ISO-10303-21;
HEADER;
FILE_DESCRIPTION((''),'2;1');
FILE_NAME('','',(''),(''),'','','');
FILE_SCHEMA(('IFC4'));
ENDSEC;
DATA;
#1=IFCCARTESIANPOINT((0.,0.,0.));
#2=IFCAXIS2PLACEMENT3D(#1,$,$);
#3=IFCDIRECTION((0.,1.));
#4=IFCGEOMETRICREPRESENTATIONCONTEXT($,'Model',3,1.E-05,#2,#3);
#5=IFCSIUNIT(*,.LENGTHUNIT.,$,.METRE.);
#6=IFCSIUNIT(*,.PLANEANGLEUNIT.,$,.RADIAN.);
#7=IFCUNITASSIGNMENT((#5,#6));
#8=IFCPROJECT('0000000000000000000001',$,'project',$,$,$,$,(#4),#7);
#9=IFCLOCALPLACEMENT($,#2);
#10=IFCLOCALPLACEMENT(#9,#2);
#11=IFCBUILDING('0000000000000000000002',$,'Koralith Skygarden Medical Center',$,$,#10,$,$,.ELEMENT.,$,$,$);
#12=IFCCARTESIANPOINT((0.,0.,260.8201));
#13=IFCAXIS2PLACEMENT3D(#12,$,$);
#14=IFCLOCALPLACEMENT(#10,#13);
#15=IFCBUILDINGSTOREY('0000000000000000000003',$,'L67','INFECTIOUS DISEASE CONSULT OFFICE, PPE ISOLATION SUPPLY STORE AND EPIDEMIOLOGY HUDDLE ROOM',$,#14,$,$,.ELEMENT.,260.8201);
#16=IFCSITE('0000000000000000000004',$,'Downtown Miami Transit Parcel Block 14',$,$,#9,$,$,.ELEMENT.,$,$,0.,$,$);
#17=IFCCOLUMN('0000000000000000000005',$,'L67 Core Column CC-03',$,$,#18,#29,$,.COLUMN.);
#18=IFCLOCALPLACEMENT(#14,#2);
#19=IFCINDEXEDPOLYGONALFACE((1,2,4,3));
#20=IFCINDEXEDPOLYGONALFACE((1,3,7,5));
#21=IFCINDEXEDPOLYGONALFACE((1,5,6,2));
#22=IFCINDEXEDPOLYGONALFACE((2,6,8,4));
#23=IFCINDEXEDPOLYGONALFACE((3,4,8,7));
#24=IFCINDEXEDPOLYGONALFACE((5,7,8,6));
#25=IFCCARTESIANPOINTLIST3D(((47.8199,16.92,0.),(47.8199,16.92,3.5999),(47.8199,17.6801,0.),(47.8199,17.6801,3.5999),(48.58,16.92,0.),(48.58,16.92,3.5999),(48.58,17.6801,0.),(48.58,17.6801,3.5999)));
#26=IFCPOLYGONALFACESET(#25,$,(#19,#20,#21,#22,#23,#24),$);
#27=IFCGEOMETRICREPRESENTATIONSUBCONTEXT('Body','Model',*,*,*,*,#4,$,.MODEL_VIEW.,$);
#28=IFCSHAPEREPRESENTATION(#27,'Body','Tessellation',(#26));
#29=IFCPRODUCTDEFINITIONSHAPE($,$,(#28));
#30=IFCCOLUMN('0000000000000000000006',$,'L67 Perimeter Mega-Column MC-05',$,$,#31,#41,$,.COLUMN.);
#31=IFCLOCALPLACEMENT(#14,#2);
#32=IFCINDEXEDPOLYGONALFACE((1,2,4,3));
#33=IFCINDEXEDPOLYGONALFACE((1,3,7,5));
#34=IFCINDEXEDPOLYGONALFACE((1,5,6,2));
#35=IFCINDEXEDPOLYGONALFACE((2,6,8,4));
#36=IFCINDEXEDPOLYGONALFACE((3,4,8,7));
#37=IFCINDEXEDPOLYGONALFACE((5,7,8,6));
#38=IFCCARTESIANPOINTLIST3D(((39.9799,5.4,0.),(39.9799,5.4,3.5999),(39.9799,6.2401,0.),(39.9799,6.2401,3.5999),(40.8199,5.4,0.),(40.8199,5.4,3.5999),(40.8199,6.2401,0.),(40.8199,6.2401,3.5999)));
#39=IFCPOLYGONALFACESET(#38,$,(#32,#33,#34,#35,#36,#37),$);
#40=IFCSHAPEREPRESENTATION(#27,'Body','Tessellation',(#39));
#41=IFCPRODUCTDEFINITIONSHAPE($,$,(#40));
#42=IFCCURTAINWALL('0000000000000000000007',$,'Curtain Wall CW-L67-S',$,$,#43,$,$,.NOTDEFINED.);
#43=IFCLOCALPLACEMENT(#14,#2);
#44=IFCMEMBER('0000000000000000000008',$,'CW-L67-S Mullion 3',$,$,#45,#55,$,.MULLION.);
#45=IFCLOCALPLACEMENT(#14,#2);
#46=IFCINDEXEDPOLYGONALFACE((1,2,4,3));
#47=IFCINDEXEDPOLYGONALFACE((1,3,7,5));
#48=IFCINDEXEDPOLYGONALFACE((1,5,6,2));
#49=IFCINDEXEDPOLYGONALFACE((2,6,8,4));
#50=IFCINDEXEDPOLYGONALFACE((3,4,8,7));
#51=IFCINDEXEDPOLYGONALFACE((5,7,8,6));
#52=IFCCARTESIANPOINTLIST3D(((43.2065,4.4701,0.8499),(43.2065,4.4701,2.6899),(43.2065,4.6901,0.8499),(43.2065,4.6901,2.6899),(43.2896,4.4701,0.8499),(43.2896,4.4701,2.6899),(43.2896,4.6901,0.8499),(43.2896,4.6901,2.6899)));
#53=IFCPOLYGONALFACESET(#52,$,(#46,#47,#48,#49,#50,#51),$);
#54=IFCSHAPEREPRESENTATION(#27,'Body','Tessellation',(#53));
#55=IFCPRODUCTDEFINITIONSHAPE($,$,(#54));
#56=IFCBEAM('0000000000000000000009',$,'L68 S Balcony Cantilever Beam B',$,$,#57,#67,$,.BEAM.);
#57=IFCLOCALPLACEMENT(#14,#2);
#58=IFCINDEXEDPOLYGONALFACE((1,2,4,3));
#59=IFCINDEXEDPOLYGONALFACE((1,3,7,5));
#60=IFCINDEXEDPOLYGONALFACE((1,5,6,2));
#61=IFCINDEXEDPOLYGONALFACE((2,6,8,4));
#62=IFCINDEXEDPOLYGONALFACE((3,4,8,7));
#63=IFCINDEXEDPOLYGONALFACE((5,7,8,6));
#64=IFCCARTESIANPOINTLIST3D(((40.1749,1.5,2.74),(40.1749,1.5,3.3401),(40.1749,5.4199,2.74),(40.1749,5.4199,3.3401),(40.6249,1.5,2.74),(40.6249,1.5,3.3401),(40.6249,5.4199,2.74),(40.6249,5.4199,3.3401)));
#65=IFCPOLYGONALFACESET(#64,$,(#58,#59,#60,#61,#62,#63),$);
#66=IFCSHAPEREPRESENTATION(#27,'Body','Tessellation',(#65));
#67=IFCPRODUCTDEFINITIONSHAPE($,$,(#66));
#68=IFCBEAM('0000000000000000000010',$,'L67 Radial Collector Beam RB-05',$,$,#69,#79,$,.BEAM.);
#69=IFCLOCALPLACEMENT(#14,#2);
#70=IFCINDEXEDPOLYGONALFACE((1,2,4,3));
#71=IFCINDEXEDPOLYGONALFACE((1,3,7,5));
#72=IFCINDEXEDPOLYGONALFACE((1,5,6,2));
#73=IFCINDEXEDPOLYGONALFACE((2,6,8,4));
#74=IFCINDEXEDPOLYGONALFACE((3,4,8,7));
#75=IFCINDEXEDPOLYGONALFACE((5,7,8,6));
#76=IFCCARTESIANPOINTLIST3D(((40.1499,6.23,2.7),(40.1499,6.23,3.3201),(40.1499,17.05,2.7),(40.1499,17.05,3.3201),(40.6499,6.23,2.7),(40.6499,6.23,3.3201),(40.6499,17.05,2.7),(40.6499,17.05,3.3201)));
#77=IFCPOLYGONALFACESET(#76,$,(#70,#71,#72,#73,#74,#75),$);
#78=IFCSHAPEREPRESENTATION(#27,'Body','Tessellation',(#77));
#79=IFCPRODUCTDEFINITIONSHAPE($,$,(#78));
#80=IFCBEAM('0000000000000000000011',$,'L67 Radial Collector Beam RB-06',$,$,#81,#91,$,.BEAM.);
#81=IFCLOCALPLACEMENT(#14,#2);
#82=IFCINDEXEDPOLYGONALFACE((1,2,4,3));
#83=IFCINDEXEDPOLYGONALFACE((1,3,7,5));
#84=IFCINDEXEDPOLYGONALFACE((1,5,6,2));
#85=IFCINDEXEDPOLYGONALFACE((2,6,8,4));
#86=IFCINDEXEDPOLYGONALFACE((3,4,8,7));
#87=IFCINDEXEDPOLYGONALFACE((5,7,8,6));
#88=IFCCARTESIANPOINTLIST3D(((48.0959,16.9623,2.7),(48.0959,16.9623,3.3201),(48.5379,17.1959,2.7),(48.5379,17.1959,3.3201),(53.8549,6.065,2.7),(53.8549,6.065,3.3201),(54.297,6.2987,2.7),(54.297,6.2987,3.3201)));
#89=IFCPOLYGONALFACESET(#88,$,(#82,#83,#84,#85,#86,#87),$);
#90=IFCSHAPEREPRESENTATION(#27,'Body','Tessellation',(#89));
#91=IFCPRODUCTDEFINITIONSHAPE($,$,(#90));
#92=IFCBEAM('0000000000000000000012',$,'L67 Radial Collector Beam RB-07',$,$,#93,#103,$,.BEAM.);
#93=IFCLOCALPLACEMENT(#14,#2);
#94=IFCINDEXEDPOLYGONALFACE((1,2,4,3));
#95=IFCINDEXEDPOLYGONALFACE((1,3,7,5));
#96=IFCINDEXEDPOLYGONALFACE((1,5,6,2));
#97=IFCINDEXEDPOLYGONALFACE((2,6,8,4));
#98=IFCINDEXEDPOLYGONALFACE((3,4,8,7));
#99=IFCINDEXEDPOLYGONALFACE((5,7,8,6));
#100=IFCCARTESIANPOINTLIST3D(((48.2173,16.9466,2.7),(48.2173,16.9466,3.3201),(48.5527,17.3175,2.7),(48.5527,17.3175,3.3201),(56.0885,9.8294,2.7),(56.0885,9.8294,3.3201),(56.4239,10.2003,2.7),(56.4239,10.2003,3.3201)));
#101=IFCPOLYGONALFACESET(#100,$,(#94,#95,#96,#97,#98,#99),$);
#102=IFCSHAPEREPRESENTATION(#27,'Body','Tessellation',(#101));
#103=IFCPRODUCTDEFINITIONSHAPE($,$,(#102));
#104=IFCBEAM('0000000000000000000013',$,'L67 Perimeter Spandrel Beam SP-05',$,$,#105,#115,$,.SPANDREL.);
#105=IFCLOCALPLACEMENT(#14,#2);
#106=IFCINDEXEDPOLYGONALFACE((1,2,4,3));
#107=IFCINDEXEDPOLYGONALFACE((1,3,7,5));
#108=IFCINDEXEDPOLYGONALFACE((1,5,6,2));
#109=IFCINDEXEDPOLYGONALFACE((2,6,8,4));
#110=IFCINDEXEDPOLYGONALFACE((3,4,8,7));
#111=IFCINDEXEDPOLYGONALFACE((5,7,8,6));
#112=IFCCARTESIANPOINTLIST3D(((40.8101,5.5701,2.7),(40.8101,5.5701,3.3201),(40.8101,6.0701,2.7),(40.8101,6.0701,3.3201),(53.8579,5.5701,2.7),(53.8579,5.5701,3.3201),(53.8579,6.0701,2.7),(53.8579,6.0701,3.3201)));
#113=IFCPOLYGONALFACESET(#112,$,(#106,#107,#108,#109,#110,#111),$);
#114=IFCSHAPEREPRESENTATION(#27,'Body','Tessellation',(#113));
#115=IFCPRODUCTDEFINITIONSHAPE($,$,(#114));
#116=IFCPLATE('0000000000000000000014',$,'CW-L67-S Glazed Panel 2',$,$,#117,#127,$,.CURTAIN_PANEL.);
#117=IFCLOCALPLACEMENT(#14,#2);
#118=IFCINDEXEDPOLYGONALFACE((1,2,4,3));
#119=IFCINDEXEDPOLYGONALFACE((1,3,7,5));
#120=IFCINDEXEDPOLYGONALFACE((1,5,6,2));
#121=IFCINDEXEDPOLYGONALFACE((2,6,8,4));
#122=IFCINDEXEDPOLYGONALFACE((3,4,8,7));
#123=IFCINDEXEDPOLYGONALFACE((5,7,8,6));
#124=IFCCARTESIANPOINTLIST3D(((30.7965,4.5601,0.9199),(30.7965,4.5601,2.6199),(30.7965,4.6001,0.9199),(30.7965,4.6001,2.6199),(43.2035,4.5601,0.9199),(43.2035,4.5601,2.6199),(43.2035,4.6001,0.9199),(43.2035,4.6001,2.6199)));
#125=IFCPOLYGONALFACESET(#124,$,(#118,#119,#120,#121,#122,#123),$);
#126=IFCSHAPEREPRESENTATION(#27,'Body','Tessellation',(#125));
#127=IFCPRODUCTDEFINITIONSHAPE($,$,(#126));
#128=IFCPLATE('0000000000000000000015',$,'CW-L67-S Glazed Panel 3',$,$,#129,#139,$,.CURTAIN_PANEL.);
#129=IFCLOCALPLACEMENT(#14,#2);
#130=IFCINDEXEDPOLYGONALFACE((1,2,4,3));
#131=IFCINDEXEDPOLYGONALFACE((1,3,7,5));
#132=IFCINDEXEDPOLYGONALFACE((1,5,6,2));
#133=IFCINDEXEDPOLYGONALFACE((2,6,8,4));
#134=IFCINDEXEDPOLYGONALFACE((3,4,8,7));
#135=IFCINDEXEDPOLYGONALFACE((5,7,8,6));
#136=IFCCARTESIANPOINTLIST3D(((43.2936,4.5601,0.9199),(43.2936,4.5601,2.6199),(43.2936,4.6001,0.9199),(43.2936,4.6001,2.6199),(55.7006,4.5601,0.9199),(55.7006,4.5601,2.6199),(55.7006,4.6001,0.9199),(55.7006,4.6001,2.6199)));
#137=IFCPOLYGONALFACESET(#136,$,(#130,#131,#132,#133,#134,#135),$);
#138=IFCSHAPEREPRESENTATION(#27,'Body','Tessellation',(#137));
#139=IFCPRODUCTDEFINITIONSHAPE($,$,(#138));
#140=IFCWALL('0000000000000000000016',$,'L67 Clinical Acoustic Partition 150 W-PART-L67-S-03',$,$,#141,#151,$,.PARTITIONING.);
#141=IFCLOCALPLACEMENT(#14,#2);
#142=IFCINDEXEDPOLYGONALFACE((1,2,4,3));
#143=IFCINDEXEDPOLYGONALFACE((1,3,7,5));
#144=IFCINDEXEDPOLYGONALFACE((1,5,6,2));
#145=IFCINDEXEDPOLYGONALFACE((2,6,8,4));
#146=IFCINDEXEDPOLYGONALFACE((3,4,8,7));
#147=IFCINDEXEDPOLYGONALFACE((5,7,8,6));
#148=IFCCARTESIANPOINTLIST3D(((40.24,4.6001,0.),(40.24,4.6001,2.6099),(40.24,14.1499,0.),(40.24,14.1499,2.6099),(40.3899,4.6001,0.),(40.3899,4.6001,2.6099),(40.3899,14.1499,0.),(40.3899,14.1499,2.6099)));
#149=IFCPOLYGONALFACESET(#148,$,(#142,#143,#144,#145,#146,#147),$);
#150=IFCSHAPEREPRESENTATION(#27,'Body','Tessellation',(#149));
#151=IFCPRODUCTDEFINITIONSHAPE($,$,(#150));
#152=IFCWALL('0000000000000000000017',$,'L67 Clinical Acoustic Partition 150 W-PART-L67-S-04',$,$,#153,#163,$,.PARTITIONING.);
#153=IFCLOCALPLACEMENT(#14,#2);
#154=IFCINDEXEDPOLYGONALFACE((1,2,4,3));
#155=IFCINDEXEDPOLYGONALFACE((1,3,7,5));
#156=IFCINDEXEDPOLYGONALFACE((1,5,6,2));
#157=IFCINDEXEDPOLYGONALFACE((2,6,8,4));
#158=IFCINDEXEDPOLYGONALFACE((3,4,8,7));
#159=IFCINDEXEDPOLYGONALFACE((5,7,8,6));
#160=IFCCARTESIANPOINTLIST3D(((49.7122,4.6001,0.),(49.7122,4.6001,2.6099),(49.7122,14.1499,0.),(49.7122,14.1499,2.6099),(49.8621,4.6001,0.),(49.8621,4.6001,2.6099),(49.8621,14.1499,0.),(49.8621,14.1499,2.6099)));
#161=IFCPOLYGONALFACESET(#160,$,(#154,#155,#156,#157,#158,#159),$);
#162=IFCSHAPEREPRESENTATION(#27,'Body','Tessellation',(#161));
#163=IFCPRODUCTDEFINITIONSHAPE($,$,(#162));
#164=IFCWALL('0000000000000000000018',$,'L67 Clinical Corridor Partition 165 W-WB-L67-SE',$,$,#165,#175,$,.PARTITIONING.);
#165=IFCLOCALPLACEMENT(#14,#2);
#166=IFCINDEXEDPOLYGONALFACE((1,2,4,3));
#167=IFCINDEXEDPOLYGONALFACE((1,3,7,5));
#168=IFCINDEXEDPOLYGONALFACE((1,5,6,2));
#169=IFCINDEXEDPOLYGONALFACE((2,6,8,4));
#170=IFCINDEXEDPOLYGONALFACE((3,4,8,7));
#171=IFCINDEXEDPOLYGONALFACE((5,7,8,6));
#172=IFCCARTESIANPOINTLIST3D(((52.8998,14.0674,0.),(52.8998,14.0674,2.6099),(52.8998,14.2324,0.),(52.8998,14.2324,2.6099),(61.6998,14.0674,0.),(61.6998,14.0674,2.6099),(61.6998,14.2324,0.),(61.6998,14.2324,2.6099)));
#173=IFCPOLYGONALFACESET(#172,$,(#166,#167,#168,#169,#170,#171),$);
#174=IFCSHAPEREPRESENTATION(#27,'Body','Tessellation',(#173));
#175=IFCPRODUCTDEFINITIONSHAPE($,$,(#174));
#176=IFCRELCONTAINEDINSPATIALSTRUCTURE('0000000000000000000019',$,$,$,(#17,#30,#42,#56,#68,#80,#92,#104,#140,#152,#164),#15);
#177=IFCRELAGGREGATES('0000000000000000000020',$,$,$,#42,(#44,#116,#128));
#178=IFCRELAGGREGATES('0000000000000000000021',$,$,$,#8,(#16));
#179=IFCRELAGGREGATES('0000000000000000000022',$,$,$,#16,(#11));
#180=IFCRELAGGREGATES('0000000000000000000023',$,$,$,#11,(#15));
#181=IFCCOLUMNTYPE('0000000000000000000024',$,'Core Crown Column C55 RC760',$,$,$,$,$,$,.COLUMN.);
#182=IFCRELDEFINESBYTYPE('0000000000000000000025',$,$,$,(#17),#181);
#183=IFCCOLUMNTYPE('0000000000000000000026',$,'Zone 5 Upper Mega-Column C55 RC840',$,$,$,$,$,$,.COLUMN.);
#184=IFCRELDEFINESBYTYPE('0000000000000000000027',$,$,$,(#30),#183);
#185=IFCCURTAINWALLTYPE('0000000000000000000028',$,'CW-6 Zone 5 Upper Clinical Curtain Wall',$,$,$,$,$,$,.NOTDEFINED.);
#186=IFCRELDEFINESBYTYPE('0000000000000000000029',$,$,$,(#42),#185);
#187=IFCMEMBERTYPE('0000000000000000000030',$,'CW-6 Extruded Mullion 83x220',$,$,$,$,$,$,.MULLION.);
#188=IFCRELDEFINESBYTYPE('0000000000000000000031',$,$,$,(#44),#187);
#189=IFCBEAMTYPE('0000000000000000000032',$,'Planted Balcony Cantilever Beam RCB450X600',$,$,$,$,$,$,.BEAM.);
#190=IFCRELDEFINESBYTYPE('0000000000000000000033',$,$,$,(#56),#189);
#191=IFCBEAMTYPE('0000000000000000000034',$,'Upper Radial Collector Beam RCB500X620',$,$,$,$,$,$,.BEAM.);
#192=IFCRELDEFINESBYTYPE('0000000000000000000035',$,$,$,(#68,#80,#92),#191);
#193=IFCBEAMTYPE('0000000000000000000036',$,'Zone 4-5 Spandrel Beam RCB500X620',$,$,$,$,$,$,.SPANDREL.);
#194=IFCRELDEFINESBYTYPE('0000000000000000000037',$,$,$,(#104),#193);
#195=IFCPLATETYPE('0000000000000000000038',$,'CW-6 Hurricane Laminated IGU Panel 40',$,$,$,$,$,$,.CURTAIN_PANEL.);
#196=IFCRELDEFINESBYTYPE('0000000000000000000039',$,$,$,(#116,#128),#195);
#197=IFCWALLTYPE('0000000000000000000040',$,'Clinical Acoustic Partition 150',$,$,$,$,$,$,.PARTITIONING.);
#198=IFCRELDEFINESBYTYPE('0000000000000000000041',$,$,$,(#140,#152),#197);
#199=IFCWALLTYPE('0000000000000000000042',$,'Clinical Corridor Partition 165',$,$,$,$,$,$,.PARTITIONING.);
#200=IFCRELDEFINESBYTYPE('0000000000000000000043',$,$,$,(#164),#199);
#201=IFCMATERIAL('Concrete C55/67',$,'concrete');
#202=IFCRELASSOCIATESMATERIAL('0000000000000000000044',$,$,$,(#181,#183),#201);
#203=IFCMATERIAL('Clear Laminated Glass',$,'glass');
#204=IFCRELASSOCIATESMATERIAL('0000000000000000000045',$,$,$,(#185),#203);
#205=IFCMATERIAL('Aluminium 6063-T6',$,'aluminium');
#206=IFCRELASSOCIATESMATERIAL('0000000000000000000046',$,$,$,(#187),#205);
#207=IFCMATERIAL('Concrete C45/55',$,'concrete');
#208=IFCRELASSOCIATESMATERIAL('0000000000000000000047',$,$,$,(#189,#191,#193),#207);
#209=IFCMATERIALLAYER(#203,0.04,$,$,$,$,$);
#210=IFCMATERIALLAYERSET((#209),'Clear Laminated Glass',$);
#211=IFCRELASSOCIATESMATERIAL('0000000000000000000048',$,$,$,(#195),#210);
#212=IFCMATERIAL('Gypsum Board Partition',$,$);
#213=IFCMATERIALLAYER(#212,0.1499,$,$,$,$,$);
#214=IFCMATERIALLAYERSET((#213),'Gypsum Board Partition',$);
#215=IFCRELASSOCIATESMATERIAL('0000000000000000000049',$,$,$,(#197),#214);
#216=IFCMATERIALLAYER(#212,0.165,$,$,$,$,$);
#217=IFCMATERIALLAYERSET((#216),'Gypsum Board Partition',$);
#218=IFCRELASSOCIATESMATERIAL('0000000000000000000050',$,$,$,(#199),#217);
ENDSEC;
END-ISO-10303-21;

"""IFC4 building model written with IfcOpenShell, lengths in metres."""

from ifc_helpers import new_model, si_unit, direction, frame, frame_2d, origin, origin_2d, place, context, subcontext, project, spatial, rectangle, extrude, material, layer, layer_set, material_profile, profile_set, type_object, element, aggregate, save


model = new_model("IFC4")

# Units and contexts
model_context = context("Model", 3, precision=1e-05, world=origin(), true_north=direction((0.0, 1.0)))
body_context = subcontext(model_context, "Body", "Model", "MODEL_VIEW")
ifc_project = project(units=[si_unit("LENGTHUNIT", "METRE"), si_unit("PLANEANGLEUNIT", "RADIAN")], contexts=[model_context])

# Site, building, storey
site_placement = place(None, origin())
site = spatial("IfcSite", under=ifc_project, at=site_placement, Name="Downtown Miami Transit Parcel Block 14", CompositionType="ELEMENT", RefElevation=0.0)
building_placement = place(site_placement, origin())
building = spatial("IfcBuilding", under=site, at=building_placement, Name="Koralith Skygarden Medical Center", CompositionType="ELEMENT")
storey_placement = place(building_placement, frame((0.0, 0.0, 260.8201)))
storey = spatial("IfcBuildingStorey", under=building, at=storey_placement, Name="L67", Description="INFECTIOUS DISEASE CONSULT OFFICE, PPE ISOLATION SUPPLY STORE AND EPIDEMIOLOGY HUDDLE ROOM", CompositionType="ELEMENT", Elevation=260.8201)

# Columns
ifc_material_1 = material(Name="Concrete C55/67", Category="concrete")
ifc_material_profile_1 = material_profile(ifc_material_1, rectangle(XDim=0.76, YDim=0.76, at=origin_2d()), Name="RC760X760")
ifc_profile_set_1 = profile_set([ifc_material_profile_1], Name="Concrete C55/67")
column_type_1 = type_object("IfcColumnType", Name="Core Crown Column C55 RC760", PredefinedType="COLUMN", material=ifc_profile_set_1)
column_1_placement = place(storey_placement, frame((48.2, 17.3, 0.0), z_axis=(0.0, 0.0, 1.0), x_axis=(1.0, 0.0, 0.0)))
element("IfcColumn", 1, at=column_1_placement, inside=storey, type_object=column_type_1, Name="L67 Core Column CC-03", PredefinedType="COLUMN", context=body_context, shape_type="SweptSolid", body=[
    extrude(rectangle(XDim=0.76, YDim=0.76, at=origin_2d()), origin(), (0.0, 0.0, 1.0), 3.5999),
])
ifc_material_profile_2 = material_profile(ifc_material_1, rectangle(XDim=0.8401, YDim=0.8401, at=origin_2d()), Name="RC840X840")
ifc_profile_set_2 = profile_set([ifc_material_profile_2], Name="Concrete C55/67")
column_type_2 = type_object("IfcColumnType", Name="Zone 5 Upper Mega-Column C55 RC840", PredefinedType="COLUMN", material=ifc_profile_set_2)
column_2_placement = place(storey_placement, frame((40.3999, 5.8201, 0.0), z_axis=(0.0, 0.0, 1.0), x_axis=(1.0, 0.0, 0.0)))
element("IfcColumn", 2, at=column_2_placement, inside=storey, type_object=column_type_2, Name="L67 Perimeter Mega-Column MC-05", PredefinedType="COLUMN", context=body_context, shape_type="SweptSolid", body=[
    extrude(rectangle(XDim=0.8401, YDim=0.8401, at=origin_2d()), origin(), (0.0, 0.0, 1.0), 3.5999),
])

# Curtain wall, member
ifc_material_2 = material(Name="Clear Laminated Glass", Category="glass")
curtain_wall_type = type_object("IfcCurtainWallType", Name="CW-6 Zone 5 Upper Clinical Curtain Wall", PredefinedType="NOTDEFINED", material=ifc_material_2)
curtain_wall_placement = place(storey_placement, origin())
curtain_wall = element("IfcCurtainWall", 3, at=curtain_wall_placement, inside=storey, type_object=curtain_wall_type, Name="Curtain Wall CW-L67-S", PredefinedType="NOTDEFINED")
ifc_material_3 = material(Name="Aluminium 6063-T6", Category="aluminium")
ifc_material_profile_3 = material_profile(ifc_material_3, rectangle(XDim=0.083, YDim=0.22, at=origin_2d()), Name="MUL83X220")
ifc_profile_set_3 = profile_set([ifc_material_profile_3], Name="Aluminium 6063-T6")
member_type = type_object("IfcMemberType", Name="CW-6 Extruded Mullion 83x220", PredefinedType="MULLION", material=ifc_profile_set_3)
member_placement = place(storey_placement, frame((43.248, 4.5801, 0.8499), z_axis=(0.0, 0.0, 1.0), x_axis=(1.0, 0.0, 0.0)))
member = element("IfcMember", 4, at=member_placement, type_object=member_type, Name="CW-L67-S Mullion 3", PredefinedType="MULLION", context=body_context, shape_type="SweptSolid", body=[
    extrude(rectangle(XDim=0.083, YDim=0.22, at=origin_2d()), origin(), (0.0, 0.0, 1.0), 1.8401),
])

# Beams
ifc_material_4 = material(Name="Concrete C45/55", Category="concrete")
ifc_material_profile_4 = material_profile(ifc_material_4, rectangle(XDim=0.45, YDim=0.6001, at=origin_2d()), Name="RCB450X600")
ifc_profile_set_4 = profile_set([ifc_material_profile_4], Name="Concrete C45/55")
beam_type_1 = type_object("IfcBeamType", Name="Planted Balcony Cantilever Beam RCB450X600", PredefinedType="BEAM", material=ifc_profile_set_4)
beam_1_placement = place(storey_placement, frame((40.3999, 5.4199, 3.04), z_axis=(0.0, -1.0, 0.0), x_axis=(1.0, 0.0, 0.0)))
element("IfcBeam", 5, at=beam_1_placement, inside=storey, type_object=beam_type_1, Name="L68 S Balcony Cantilever Beam B", PredefinedType="BEAM", context=body_context, shape_type="SweptSolid", body=[
    extrude(rectangle(XDim=0.45, YDim=0.6001, at=origin_2d()), origin(), (0.0, 0.0, 1.0), 3.9199),
])
ifc_material_profile_5 = material_profile(ifc_material_4, rectangle(XDim=0.5, YDim=0.6201, at=origin_2d()), Name="RCB500X620")
ifc_profile_set_5 = profile_set([ifc_material_profile_5], Name="Concrete C45/55")
beam_type_2 = type_object("IfcBeamType", Name="Upper Radial Collector Beam RCB500X620", PredefinedType="BEAM", material=ifc_profile_set_5)
beam_2_placement = place(storey_placement, frame((40.3999, 17.05, 3.01), z_axis=(0.0, -1.0, 0.0), x_axis=(1.0, 0.0, 0.0)))
element("IfcBeam", 6, at=beam_2_placement, inside=storey, type_object=beam_type_2, Name="L67 Radial Collector Beam RB-05", PredefinedType="BEAM", context=body_context, shape_type="SweptSolid", body=[
    extrude(rectangle(XDim=0.5, YDim=0.6201, at=origin_2d()), origin(), (0.0, 0.0, 1.0), 10.8201),
])
beam_3_placement = place(storey_placement, frame((48.3169, 17.0791, 3.01), z_axis=(0.467249, -0.884126, 0.0), x_axis=(0.884126, 0.467249, 0.0)))
element("IfcBeam", 7, at=beam_3_placement, inside=storey, type_object=beam_type_2, Name="L67 Radial Collector Beam RB-06", PredefinedType="BEAM", context=body_context, shape_type="SweptSolid", body=[
    extrude(rectangle(XDim=0.5, YDim=0.6201, at=origin_2d()), origin(), (0.0, 0.0, 1.0), 12.3254),
])
beam_4_placement = place(storey_placement, frame((48.385, 17.1321, 3.01), z_axis=(0.741736, -0.670692, 0.0), x_axis=(0.670692, 0.741736, 0.0)))
element("IfcBeam", 8, at=beam_4_placement, inside=storey, type_object=beam_type_2, Name="L67 Radial Collector Beam RB-07", PredefinedType="BEAM", context=body_context, shape_type="SweptSolid", body=[
    extrude(rectangle(XDim=0.5, YDim=0.6201, at=origin_2d()), origin(), (0.0, 0.0, 1.0), 10.6118),
])
ifc_material_profile_6 = material_profile(ifc_material_4, rectangle(XDim=0.5, YDim=0.6201, at=origin_2d()), Name="RCB500X620")
ifc_profile_set_6 = profile_set([ifc_material_profile_6], Name="Concrete C45/55")
beam_type_3 = type_object("IfcBeamType", Name="Zone 4-5 Spandrel Beam RCB500X620", PredefinedType="SPANDREL", material=ifc_profile_set_6)
beam_5_placement = place(storey_placement, frame((40.8101, 5.8201, 3.01), z_axis=(1.0, 0.0, 0.0), x_axis=(0.0, 1.0, 0.0)))
element("IfcBeam", 9, at=beam_5_placement, inside=storey, type_object=beam_type_3, Name="L67 Perimeter Spandrel Beam SP-05", PredefinedType="SPANDREL", context=body_context, shape_type="SweptSolid", body=[
    extrude(rectangle(XDim=0.5, YDim=0.6201, at=origin_2d()), origin(), (0.0, 0.0, 1.0), 13.0479),
])

# Plates
ifc_layer_1 = layer(ifc_material_2, 0.04)
ifc_layer_set_1 = layer_set([ifc_layer_1], Name="Clear Laminated Glass")
plate_type = type_object("IfcPlateType", Name="CW-6 Hurricane Laminated IGU Panel 40", PredefinedType="CURTAIN_PANEL", material=ifc_layer_set_1)
plate_1_placement = place(storey_placement, frame((37.0, 4.5801, 0.9199), z_axis=(0.0, 0.0, 1.0), x_axis=(1.0, 0.0, 0.0)))
plate_1 = element("IfcPlate", 10, at=plate_1_placement, type_object=plate_type, Name="CW-L67-S Glazed Panel 2", PredefinedType="CURTAIN_PANEL", context=body_context, shape_type="SweptSolid", body=[
    extrude(rectangle(XDim=12.407, YDim=0.04, at=origin_2d()), origin(), (0.0, 0.0, 1.0), 1.7),
])
plate_2_placement = place(storey_placement, frame((49.4971, 4.5801, 0.9199), z_axis=(0.0, 0.0, 1.0), x_axis=(1.0, 0.0, 0.0)))
plate_2 = element("IfcPlate", 11, at=plate_2_placement, type_object=plate_type, Name="CW-L67-S Glazed Panel 3", PredefinedType="CURTAIN_PANEL", context=body_context, shape_type="SweptSolid", body=[
    extrude(rectangle(XDim=12.407, YDim=0.04, at=origin_2d()), origin(), (0.0, 0.0, 1.0), 1.7),
])
aggregate(curtain_wall, [member, plate_1, plate_2])

# Walls
ifc_material_5 = material(Name="Gypsum Board Partition")
ifc_layer_2 = layer(ifc_material_5, 0.1499)
ifc_layer_set_2 = layer_set([ifc_layer_2], Name="Gypsum Board Partition")
wall_type_1 = type_object("IfcWallType", Name="Clinical Acoustic Partition 150", PredefinedType="PARTITIONING", material=ifc_layer_set_2)
for number, where, z_axis, x_axis, name in (
    (12, (40.3149, 14.1499, 0.0), (0.0, 0.0, 1.0), (0.0, -1.0, 0.0), "L67 Clinical Acoustic Partition 150 W-PART-L67-S-03"),
    (13, (49.7871, 14.1499, 0.0), (0.0, 0.0, 1.0), (0.0, -1.0, 0.0), "L67 Clinical Acoustic Partition 150 W-PART-L67-S-04"),
):
    element("IfcWall", number, at=place(storey_placement, frame(where, z_axis=z_axis, x_axis=x_axis)), inside=storey, type_object=wall_type_1, Name=name, PredefinedType="PARTITIONING", context=body_context, shape_type="SweptSolid", body=[
        extrude(rectangle(XDim=9.5498, YDim=0.1499, at=frame_2d((4.7749, 0.0))), origin(), (0.0, 0.0, 1.0), 2.6099),
    ])
ifc_layer_3 = layer(ifc_material_5, 0.165)
ifc_layer_set_3 = layer_set([ifc_layer_3], Name="Gypsum Board Partition")
wall_type_2 = type_object("IfcWallType", Name="Clinical Corridor Partition 165", PredefinedType="PARTITIONING", material=ifc_layer_set_3)
wall_1_placement = place(storey_placement, frame((52.8999, 14.1499, 0.0), z_axis=(0.0, 0.0, 1.0), x_axis=(1.0, 0.0, 0.0)))
element("IfcWall", 14, at=wall_1_placement, inside=storey, type_object=wall_type_2, Name="L67 Clinical Corridor Partition 165 W-WB-L67-SE", PredefinedType="PARTITIONING", context=body_context, shape_type="SweptSolid", body=[
    extrude(rectangle(XDim=8.8, YDim=0.165, at=frame_2d((4.3999, 0.0))), origin(), (0.0, 0.0, 1.0), 2.6099),
])

save(model, "model.ifc")
